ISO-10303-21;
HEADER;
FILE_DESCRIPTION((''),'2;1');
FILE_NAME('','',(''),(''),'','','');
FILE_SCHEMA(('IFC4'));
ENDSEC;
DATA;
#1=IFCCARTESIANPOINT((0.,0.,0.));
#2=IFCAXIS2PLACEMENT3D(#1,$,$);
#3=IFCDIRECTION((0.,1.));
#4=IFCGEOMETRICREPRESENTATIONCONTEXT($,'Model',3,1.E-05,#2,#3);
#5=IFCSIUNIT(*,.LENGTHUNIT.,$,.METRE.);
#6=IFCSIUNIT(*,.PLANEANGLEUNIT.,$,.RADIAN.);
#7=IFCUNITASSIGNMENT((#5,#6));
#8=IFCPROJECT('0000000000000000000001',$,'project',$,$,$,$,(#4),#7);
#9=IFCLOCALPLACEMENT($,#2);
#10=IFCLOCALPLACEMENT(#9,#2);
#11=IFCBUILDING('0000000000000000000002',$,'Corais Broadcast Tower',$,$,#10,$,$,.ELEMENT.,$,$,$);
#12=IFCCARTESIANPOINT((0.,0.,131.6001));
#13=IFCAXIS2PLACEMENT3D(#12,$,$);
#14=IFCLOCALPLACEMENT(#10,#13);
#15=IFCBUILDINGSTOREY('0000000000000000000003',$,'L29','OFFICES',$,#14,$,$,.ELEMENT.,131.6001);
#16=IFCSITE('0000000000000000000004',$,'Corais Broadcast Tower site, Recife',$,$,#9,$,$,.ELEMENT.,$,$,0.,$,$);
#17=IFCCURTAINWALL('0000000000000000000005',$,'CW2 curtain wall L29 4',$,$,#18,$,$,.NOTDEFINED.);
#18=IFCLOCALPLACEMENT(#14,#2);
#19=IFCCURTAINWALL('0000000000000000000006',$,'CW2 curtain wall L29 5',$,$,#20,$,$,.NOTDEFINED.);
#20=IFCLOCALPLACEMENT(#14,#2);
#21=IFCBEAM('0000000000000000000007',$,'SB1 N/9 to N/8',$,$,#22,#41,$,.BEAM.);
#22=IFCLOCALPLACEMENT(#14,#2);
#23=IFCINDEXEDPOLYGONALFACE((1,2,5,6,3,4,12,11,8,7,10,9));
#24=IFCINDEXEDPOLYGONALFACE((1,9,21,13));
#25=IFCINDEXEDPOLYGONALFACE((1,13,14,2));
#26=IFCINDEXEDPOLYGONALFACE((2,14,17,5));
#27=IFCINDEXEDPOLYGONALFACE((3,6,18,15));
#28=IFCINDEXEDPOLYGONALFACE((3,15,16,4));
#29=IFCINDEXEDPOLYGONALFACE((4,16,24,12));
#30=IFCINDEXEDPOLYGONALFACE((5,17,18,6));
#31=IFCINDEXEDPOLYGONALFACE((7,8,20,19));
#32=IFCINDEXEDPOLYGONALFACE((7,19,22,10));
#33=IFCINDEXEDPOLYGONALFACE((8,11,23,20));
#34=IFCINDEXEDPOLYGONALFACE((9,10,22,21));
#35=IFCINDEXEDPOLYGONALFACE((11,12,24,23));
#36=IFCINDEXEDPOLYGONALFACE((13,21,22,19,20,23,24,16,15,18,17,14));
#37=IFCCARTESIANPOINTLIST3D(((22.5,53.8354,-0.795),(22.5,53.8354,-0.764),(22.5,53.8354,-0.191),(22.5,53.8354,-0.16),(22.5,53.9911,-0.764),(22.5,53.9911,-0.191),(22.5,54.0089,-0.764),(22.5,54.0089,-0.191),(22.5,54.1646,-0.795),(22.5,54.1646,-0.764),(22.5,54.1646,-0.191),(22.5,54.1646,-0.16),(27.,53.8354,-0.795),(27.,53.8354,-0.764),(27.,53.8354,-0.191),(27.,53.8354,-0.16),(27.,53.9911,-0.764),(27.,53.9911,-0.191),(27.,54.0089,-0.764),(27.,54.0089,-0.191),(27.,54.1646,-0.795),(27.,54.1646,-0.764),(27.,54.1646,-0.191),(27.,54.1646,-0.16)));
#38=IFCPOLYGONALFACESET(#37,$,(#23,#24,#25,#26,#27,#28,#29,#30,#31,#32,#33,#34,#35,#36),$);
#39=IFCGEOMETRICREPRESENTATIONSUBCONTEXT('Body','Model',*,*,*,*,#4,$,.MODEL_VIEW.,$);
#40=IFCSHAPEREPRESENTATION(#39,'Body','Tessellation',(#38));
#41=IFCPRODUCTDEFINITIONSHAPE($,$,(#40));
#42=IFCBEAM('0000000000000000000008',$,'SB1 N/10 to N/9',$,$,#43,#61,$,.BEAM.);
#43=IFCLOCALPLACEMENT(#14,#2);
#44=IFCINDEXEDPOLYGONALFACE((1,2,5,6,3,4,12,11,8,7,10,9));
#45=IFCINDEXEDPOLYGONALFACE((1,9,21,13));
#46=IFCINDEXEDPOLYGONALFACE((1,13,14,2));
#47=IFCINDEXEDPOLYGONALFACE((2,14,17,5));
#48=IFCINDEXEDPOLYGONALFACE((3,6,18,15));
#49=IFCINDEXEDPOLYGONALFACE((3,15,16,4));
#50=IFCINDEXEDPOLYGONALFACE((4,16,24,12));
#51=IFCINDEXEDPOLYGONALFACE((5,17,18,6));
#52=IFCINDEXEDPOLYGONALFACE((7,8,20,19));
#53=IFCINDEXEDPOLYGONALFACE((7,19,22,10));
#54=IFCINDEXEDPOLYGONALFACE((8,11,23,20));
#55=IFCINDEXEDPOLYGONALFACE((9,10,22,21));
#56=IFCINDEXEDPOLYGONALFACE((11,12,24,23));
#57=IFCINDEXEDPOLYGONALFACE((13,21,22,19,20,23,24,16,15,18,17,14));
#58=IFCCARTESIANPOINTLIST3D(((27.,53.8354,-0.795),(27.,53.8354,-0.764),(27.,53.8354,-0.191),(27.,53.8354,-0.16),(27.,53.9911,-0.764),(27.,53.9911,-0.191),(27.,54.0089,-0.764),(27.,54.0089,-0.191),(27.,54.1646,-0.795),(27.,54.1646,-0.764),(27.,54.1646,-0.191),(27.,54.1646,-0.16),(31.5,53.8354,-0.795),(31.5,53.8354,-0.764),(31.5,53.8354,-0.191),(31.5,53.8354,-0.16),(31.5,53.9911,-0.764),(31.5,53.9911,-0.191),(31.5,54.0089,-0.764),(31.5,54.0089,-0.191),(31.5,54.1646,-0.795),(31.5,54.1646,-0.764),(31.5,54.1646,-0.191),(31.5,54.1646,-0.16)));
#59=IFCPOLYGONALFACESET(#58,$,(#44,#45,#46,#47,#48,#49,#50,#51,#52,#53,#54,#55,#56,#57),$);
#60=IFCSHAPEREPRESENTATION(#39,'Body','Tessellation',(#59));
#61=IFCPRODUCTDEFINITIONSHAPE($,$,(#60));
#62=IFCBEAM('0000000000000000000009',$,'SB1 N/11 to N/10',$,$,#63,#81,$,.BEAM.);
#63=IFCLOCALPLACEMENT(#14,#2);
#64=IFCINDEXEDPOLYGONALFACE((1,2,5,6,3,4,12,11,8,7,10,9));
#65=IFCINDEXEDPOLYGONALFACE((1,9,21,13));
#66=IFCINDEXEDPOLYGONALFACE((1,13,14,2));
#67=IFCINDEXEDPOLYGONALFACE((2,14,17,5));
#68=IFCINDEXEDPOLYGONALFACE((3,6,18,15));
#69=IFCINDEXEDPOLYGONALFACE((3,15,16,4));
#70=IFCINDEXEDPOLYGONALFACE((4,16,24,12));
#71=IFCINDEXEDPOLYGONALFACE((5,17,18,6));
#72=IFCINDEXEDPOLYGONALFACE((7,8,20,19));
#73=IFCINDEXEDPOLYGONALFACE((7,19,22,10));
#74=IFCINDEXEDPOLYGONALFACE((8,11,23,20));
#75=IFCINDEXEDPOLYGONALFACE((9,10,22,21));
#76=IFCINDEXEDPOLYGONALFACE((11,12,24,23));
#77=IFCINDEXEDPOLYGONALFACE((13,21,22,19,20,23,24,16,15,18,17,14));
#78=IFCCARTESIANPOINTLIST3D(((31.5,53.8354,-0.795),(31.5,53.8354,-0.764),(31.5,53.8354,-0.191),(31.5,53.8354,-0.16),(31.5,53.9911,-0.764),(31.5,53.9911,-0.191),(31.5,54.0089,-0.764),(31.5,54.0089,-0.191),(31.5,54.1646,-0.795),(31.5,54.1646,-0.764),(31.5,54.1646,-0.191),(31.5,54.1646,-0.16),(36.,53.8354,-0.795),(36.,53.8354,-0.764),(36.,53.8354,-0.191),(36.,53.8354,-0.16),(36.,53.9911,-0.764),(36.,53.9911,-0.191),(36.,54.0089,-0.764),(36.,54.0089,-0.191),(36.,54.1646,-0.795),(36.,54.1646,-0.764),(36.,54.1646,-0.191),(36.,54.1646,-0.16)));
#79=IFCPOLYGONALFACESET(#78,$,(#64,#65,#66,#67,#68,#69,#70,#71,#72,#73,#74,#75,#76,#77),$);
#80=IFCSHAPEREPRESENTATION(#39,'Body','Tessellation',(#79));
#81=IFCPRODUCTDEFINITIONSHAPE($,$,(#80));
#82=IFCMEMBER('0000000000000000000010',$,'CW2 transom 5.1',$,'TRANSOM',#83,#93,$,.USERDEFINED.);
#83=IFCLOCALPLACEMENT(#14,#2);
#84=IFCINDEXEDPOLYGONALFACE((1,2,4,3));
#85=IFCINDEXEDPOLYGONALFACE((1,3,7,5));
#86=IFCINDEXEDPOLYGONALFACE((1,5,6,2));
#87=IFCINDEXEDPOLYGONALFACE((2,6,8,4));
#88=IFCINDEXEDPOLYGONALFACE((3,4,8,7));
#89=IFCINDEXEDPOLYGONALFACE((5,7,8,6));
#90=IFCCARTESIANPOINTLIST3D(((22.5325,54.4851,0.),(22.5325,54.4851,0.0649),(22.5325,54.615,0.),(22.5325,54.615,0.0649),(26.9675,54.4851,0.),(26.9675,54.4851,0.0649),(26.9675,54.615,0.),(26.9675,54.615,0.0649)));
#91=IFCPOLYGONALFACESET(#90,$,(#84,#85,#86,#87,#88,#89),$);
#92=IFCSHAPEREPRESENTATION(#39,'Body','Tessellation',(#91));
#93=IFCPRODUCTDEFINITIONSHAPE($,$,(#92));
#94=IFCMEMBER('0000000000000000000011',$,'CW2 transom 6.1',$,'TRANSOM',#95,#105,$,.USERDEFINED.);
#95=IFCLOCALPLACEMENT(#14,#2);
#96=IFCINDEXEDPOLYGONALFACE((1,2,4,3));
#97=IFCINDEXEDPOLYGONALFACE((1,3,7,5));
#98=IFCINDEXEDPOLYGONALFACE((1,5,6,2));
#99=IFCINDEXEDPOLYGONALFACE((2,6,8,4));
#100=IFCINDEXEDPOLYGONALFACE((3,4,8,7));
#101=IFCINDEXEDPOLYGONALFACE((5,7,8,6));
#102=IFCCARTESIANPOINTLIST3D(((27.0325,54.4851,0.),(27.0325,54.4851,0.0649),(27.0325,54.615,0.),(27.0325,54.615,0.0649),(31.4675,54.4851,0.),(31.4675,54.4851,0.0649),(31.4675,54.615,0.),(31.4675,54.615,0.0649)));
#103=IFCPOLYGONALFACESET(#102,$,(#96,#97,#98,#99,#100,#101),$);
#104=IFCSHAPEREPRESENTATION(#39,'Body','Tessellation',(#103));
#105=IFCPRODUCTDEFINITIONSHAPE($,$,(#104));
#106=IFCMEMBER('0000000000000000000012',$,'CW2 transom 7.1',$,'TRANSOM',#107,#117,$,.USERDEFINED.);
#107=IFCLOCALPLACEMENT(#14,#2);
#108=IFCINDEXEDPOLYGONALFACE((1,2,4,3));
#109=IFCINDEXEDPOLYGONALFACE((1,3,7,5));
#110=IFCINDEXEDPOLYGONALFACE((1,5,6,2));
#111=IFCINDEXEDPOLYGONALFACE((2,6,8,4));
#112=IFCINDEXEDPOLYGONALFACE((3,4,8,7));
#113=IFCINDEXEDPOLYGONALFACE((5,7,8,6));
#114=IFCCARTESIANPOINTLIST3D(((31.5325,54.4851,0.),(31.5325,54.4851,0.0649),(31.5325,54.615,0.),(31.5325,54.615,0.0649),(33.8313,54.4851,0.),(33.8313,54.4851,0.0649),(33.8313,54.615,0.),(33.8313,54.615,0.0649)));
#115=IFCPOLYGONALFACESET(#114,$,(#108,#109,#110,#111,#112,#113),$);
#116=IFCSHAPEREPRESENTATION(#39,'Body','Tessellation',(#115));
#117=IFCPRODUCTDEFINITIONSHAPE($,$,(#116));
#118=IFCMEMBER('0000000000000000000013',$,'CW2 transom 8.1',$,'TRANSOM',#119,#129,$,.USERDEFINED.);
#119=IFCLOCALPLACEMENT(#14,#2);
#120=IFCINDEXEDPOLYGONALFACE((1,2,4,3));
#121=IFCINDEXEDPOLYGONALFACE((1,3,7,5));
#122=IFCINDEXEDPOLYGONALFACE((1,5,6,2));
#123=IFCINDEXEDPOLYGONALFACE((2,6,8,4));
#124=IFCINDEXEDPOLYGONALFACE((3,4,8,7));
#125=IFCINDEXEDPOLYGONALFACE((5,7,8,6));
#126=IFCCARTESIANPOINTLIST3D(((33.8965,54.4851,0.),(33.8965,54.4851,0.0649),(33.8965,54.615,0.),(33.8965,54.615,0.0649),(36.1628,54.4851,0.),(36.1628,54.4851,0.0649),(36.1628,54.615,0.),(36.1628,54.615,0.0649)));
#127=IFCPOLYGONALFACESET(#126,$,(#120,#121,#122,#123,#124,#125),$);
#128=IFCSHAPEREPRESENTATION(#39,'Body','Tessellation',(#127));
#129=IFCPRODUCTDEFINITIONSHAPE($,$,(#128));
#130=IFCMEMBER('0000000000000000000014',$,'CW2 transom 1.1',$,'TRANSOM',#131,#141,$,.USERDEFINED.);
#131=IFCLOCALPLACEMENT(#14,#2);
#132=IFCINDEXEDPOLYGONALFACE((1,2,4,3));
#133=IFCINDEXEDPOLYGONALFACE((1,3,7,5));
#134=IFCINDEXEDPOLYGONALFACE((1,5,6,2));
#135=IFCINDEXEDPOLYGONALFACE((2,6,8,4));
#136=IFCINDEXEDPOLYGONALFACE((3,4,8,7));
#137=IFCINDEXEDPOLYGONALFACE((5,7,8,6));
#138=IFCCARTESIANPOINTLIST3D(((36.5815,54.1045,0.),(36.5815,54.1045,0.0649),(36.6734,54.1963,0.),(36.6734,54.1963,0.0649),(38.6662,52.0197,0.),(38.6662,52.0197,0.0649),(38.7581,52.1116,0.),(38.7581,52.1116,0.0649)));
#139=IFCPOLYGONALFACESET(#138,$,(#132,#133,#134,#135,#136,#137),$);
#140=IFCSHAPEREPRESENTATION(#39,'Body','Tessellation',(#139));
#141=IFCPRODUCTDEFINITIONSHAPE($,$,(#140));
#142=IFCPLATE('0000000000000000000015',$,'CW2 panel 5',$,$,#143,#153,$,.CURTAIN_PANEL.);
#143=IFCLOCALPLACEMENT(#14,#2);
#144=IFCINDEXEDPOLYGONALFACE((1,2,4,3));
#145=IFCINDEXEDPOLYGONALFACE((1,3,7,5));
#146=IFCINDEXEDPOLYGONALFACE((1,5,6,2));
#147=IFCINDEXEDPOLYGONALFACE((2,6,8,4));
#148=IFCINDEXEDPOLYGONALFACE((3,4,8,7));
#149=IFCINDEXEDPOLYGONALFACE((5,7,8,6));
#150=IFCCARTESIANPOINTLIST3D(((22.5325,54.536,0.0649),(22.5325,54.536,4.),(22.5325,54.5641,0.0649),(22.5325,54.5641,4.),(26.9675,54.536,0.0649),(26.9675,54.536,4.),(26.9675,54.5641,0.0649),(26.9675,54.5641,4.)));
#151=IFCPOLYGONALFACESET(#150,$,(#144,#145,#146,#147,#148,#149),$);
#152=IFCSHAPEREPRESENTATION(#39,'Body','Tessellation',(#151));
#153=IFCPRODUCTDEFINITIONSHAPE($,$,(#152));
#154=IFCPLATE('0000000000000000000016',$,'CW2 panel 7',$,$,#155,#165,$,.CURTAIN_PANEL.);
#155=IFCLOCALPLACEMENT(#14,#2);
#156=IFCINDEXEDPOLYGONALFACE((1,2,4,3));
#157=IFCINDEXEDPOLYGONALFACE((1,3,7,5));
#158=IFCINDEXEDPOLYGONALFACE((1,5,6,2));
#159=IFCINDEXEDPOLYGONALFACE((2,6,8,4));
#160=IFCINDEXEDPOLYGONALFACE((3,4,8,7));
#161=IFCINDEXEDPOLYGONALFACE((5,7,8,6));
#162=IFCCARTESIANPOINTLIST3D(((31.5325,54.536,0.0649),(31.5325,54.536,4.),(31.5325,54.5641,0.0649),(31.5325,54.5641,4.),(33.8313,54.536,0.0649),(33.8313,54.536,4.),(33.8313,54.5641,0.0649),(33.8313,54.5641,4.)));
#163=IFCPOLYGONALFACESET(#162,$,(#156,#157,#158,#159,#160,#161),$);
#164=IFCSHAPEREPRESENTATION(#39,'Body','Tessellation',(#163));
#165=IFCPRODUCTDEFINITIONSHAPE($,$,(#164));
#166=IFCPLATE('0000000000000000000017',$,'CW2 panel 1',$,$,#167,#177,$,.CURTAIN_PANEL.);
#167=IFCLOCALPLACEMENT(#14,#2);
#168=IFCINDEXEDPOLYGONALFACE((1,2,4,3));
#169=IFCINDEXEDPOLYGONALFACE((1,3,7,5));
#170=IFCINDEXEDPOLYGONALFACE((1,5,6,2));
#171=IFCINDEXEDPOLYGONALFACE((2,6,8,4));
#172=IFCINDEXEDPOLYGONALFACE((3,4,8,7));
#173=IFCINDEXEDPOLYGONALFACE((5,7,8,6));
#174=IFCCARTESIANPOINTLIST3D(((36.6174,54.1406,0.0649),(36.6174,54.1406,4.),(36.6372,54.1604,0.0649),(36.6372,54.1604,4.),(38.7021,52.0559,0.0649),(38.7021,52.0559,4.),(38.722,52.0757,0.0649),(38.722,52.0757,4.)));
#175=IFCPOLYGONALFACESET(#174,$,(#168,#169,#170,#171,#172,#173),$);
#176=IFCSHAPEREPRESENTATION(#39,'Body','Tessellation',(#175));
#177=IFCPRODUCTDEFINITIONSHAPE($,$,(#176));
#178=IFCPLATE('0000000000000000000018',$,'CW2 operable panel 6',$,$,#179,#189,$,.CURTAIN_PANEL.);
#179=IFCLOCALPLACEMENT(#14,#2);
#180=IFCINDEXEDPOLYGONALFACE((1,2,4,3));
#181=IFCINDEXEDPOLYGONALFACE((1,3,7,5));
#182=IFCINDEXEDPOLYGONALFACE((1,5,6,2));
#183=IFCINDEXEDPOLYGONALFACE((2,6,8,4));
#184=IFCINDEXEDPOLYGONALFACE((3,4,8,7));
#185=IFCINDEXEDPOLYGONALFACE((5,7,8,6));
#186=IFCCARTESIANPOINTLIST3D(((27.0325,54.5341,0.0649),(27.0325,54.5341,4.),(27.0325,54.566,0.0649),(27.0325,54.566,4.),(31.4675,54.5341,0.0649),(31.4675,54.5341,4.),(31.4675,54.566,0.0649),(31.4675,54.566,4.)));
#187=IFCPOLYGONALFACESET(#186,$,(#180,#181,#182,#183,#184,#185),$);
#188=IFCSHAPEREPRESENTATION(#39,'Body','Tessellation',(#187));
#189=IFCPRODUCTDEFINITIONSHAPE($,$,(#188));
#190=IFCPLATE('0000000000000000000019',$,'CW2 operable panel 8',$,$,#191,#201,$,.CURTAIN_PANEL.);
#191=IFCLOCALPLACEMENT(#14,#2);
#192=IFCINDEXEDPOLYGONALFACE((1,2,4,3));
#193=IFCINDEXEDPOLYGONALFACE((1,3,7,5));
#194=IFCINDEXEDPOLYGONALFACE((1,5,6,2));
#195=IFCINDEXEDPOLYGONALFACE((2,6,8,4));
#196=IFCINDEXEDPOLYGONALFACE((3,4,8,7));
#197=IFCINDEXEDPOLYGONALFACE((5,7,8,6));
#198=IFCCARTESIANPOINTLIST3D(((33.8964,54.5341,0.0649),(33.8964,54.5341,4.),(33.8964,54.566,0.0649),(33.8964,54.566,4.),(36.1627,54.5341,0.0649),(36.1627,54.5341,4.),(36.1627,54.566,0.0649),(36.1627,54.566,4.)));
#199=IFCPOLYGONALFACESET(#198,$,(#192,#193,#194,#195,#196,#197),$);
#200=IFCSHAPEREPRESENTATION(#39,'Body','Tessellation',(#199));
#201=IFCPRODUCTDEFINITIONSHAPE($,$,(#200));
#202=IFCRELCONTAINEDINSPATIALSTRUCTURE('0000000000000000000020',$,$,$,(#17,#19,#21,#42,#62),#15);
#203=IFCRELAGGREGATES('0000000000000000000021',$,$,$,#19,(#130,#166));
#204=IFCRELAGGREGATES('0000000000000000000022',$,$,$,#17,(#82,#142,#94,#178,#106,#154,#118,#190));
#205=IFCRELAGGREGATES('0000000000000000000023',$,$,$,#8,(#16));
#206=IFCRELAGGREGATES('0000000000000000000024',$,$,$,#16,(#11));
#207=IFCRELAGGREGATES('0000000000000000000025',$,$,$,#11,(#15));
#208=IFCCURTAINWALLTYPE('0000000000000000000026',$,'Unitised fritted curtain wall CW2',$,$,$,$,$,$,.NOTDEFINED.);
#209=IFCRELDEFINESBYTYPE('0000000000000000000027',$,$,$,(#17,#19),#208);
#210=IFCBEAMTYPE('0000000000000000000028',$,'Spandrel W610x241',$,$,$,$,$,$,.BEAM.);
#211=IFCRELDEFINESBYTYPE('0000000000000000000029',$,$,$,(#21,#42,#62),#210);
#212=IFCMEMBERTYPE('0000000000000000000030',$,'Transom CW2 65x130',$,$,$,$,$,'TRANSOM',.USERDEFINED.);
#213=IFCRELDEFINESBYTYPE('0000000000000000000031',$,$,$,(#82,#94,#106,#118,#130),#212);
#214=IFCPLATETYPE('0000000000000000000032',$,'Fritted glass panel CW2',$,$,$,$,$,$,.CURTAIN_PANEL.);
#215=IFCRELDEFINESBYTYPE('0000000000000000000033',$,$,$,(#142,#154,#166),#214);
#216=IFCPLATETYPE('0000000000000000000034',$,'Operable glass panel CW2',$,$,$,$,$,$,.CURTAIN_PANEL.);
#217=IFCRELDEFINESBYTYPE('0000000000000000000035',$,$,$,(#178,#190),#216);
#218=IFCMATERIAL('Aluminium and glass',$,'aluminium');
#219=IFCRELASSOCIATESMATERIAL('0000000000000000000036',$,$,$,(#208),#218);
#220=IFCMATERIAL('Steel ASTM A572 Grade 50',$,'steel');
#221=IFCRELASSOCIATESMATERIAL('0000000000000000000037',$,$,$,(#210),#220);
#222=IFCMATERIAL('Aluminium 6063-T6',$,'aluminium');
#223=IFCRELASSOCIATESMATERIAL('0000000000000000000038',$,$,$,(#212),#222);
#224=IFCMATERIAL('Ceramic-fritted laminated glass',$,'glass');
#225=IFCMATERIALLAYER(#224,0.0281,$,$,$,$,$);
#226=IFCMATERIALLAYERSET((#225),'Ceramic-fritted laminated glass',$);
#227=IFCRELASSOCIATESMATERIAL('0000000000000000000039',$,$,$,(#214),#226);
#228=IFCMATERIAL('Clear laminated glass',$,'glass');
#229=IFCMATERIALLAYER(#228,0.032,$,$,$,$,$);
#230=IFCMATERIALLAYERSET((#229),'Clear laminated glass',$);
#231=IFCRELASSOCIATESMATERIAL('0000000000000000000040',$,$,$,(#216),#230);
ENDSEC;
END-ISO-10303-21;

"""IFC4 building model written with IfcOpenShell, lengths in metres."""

from ifc_helpers import new_model, si_unit, direction, frame, origin, origin_2d, place, context, subcontext, project, spatial, rectangle, i_section, extrude, material, layer, layer_set, material_profile, profile_set, type_object, element, aggregate, save


model = new_model("IFC4")

# Units and contexts
model_context = context("Model", 3, precision=1e-05, world=origin(), true_north=direction((0.0, 1.0)))
body_context = subcontext(model_context, "Body", "Model", "MODEL_VIEW")
ifc_project = project(units=[si_unit("LENGTHUNIT", "METRE"), si_unit("PLANEANGLEUNIT", "RADIAN")], contexts=[model_context])

# Site, building, storey
site_placement = place(None, origin())
site = spatial("IfcSite", under=ifc_project, at=site_placement, Name="Corais Broadcast Tower site, Recife", CompositionType="ELEMENT", RefElevation=0.0)
building_placement = place(site_placement, origin())
building = spatial("IfcBuilding", under=site, at=building_placement, Name="Corais Broadcast Tower", CompositionType="ELEMENT")
storey_placement = place(building_placement, frame((0.0, 0.0, 131.6001)))
storey = spatial("IfcBuildingStorey", under=building, at=storey_placement, Name="L29", Description="OFFICES", CompositionType="ELEMENT", Elevation=131.6001)

# Curtain walls
ifc_material_1 = material(Name="Aluminium and glass", Category="aluminium")
curtain_wall_type = type_object("IfcCurtainWallType", Name="Unitised fritted curtain wall CW2", PredefinedType="NOTDEFINED", material=ifc_material_1)
curtain_wall_1_placement = place(storey_placement, origin())
curtain_wall_1 = element("IfcCurtainWall", 1, at=curtain_wall_1_placement, inside=storey, type_object=curtain_wall_type, Name="CW2 curtain wall L29 4", PredefinedType="NOTDEFINED")
curtain_wall_2_placement = place(storey_placement, origin())
curtain_wall_2 = element("IfcCurtainWall", 2, at=curtain_wall_2_placement, inside=storey, type_object=curtain_wall_type, Name="CW2 curtain wall L29 5", PredefinedType="NOTDEFINED")

# Beams
ifc_material_2 = material(Name="Steel ASTM A572 Grade 50", Category="steel")
ifc_material_profile_1 = material_profile(ifc_material_2, i_section(OverallWidth=0.3291, OverallDepth=0.635, WebThickness=0.0178, FlangeThickness=0.031, at=origin_2d()), Name="W610x241")
ifc_profile_set_1 = profile_set([ifc_material_profile_1], Name="Steel ASTM A572 Grade 50")
beam_type_1 = type_object("IfcBeamType", Name="Spandrel W610x241", PredefinedType="BEAM", material=ifc_profile_set_1)
for number, where, z_axis, x_axis, name in (
    (3, (27.0, 54.0, -0.4775), (-1.0, 0.0, 0.0), (0.0, -1.0, 0.0), "SB1 N/9 to N/8"),
    (4, (31.5, 54.0, -0.4775), (-1.0, 0.0, 0.0), (0.0, -1.0, 0.0), "SB1 N/10 to N/9"),
    (5, (36.0, 54.0, -0.4775), (-1.0, 0.0, 0.0), (0.0, -1.0, 0.0), "SB1 N/11 to N/10"),
):
    element("IfcBeam", number, at=place(storey_placement, frame(where, z_axis=z_axis, x_axis=x_axis)), inside=storey, type_object=beam_type_1, Name=name, PredefinedType="BEAM", context=body_context, shape_type="SweptSolid", body=[
        extrude(i_section(OverallWidth=0.3291, OverallDepth=0.635, WebThickness=0.0178, FlangeThickness=0.031, at=origin_2d()), origin(), (0.0, 0.0, 1.0), 4.5),
    ])

# Members
ifc_material_3 = material(Name="Aluminium 6063-T6", Category="aluminium")
ifc_material_profile_2 = material_profile(ifc_material_3, rectangle(XDim=0.1299, YDim=0.0649, at=origin_2d()), Name="Transom CW2 65x130")
ifc_profile_set_2 = profile_set([ifc_material_profile_2], Name="Aluminium 6063-T6")
member_type_1 = type_object("IfcMemberType", Name="Transom CW2 65x130", ElementType="TRANSOM", PredefinedType="USERDEFINED", material=ifc_profile_set_2)
member_1_placement = place(storey_placement, frame((22.5325, 54.55, 0.0325), z_axis=(1.0, 0.0, 0.0), x_axis=(0.0, 1.0, 0.0)))
member_1 = element("IfcMember", 6, at=member_1_placement, type_object=member_type_1, Name="CW2 transom 5.1", ObjectType="TRANSOM", PredefinedType="USERDEFINED", context=body_context, shape_type="SweptSolid", body=[
    extrude(rectangle(XDim=0.1299, YDim=0.0649, at=origin_2d()), origin(), (0.0, 0.0, 1.0), 4.4351),
])
member_2_placement = place(storey_placement, frame((27.0325, 54.55, 0.0325), z_axis=(1.0, 0.0, 0.0), x_axis=(0.0, 1.0, 0.0)))
member_2 = element("IfcMember", 7, at=member_2_placement, type_object=member_type_1, Name="CW2 transom 6.1", ObjectType="TRANSOM", PredefinedType="USERDEFINED", context=body_context, shape_type="SweptSolid", body=[
    extrude(rectangle(XDim=0.1299, YDim=0.0649, at=origin_2d()), origin(), (0.0, 0.0, 1.0), 4.4351),
])
member_3_placement = place(storey_placement, frame((31.5325, 54.55, 0.0325), z_axis=(1.0, 0.0, 0.0), x_axis=(0.0, 1.0, 0.0)))
member_3 = element("IfcMember", 8, at=member_3_placement, type_object=member_type_1, Name="CW2 transom 7.1", ObjectType="TRANSOM", PredefinedType="USERDEFINED", context=body_context, shape_type="SweptSolid", body=[
    extrude(rectangle(XDim=0.1299, YDim=0.0649, at=origin_2d()), origin(), (0.0, 0.0, 1.0), 2.2988),
])
member_4_placement = place(storey_placement, frame((33.8965, 54.55, 0.0325), z_axis=(1.0, 0.0, 0.0), x_axis=(0.0, 1.0, 0.0)))
member_4 = element("IfcMember", 9, at=member_4_placement, type_object=member_type_1, Name="CW2 transom 8.1", ObjectType="TRANSOM", PredefinedType="USERDEFINED", context=body_context, shape_type="SweptSolid", body=[
    extrude(rectangle(XDim=0.1299, YDim=0.0649, at=origin_2d()), origin(), (0.0, 0.0, 1.0), 2.2664),
])
member_5_placement = place(storey_placement, frame((36.6274, 54.1504, 0.0325), z_axis=(0.707107, -0.707107, 0.0), x_axis=(0.707107, 0.707107, 0.0)))
member_5 = element("IfcMember", 10, at=member_5_placement, type_object=member_type_1, Name="CW2 transom 1.1", ObjectType="TRANSOM", PredefinedType="USERDEFINED", context=body_context, shape_type="SweptSolid", body=[
    extrude(rectangle(XDim=0.1299, YDim=0.0649, at=origin_2d()), origin(), (0.0, 0.0, 1.0), 2.9482),
])

# Plates
ifc_material_4 = material(Name="Ceramic-fritted laminated glass", Category="glass")
ifc_layer_1 = layer(ifc_material_4, 0.0281)
ifc_layer_set_1 = layer_set([ifc_layer_1], Name="Ceramic-fritted laminated glass")
plate_type_1 = type_object("IfcPlateType", Name="Fritted glass panel CW2", PredefinedType="CURTAIN_PANEL", material=ifc_layer_set_1)
plate_1_placement = place(storey_placement, frame((24.75, 54.55, 0.0649), z_axis=(0.0, 0.0, 1.0), x_axis=(1.0, 0.0, 0.0)))
plate_1 = element("IfcPlate", 11, at=plate_1_placement, type_object=plate_type_1, Name="CW2 panel 5", PredefinedType="CURTAIN_PANEL", context=body_context, shape_type="SweptSolid", body=[
    extrude(rectangle(XDim=4.4351, YDim=0.0281, at=origin_2d()), origin(), (0.0, 0.0, 1.0), 3.9351),
])
plate_2_placement = place(storey_placement, frame((32.6819, 54.55, 0.0649), z_axis=(0.0, 0.0, 1.0), x_axis=(1.0, 0.0, 0.0)))
plate_2 = element("IfcPlate", 12, at=plate_2_placement, type_object=plate_type_1, Name="CW2 panel 7", PredefinedType="CURTAIN_PANEL", context=body_context, shape_type="SweptSolid", body=[
    extrude(rectangle(XDim=2.2988, YDim=0.0281, at=origin_2d()), origin(), (0.0, 0.0, 1.0), 3.9351),
])
plate_3_placement = place(storey_placement, frame((37.6697, 53.1082, 0.0649), z_axis=(0.0, 0.0, 1.0), x_axis=(0.707107, -0.707107, 0.0)))
plate_3 = element("IfcPlate", 13, at=plate_3_placement, type_object=plate_type_1, Name="CW2 panel 1", PredefinedType="CURTAIN_PANEL", context=body_context, shape_type="SweptSolid", body=[
    extrude(rectangle(XDim=2.9482, YDim=0.0281, at=origin_2d()), origin(), (0.0, 0.0, 1.0), 3.9351),
])
aggregate(curtain_wall_2, [member_5, plate_3])
ifc_material_5 = material(Name="Clear laminated glass", Category="glass")
ifc_layer_2 = layer(ifc_material_5, 0.032)
ifc_layer_set_2 = layer_set([ifc_layer_2], Name="Clear laminated glass")
plate_type_2 = type_object("IfcPlateType", Name="Operable glass panel CW2", PredefinedType="CURTAIN_PANEL", material=ifc_layer_set_2)
plate_4_placement = place(storey_placement, frame((29.25, 54.55, 0.0649), z_axis=(0.0, 0.0, 1.0), x_axis=(1.0, 0.0, 0.0)))
plate_4 = element("IfcPlate", 14, at=plate_4_placement, type_object=plate_type_2, Name="CW2 operable panel 6", PredefinedType="CURTAIN_PANEL", context=body_context, shape_type="SweptSolid", body=[
    extrude(rectangle(XDim=4.4351, YDim=0.032, at=origin_2d()), origin(), (0.0, 0.0, 1.0), 3.9351),
])
plate_5_placement = place(storey_placement, frame((35.0295, 54.55, 0.0649), z_axis=(0.0, 0.0, 1.0), x_axis=(1.0, 0.0, 0.0)))
plate_5 = element("IfcPlate", 15, at=plate_5_placement, type_object=plate_type_2, Name="CW2 operable panel 8", PredefinedType="CURTAIN_PANEL", context=body_context, shape_type="SweptSolid", body=[
    extrude(rectangle(XDim=2.2664, YDim=0.032, at=origin_2d()), origin(), (0.0, 0.0, 1.0), 3.9351),
])
aggregate(curtain_wall_1, [member_1, plate_1, member_2, plate_4, member_3, plate_2, member_4, plate_5])

save(model, "model.ifc")
